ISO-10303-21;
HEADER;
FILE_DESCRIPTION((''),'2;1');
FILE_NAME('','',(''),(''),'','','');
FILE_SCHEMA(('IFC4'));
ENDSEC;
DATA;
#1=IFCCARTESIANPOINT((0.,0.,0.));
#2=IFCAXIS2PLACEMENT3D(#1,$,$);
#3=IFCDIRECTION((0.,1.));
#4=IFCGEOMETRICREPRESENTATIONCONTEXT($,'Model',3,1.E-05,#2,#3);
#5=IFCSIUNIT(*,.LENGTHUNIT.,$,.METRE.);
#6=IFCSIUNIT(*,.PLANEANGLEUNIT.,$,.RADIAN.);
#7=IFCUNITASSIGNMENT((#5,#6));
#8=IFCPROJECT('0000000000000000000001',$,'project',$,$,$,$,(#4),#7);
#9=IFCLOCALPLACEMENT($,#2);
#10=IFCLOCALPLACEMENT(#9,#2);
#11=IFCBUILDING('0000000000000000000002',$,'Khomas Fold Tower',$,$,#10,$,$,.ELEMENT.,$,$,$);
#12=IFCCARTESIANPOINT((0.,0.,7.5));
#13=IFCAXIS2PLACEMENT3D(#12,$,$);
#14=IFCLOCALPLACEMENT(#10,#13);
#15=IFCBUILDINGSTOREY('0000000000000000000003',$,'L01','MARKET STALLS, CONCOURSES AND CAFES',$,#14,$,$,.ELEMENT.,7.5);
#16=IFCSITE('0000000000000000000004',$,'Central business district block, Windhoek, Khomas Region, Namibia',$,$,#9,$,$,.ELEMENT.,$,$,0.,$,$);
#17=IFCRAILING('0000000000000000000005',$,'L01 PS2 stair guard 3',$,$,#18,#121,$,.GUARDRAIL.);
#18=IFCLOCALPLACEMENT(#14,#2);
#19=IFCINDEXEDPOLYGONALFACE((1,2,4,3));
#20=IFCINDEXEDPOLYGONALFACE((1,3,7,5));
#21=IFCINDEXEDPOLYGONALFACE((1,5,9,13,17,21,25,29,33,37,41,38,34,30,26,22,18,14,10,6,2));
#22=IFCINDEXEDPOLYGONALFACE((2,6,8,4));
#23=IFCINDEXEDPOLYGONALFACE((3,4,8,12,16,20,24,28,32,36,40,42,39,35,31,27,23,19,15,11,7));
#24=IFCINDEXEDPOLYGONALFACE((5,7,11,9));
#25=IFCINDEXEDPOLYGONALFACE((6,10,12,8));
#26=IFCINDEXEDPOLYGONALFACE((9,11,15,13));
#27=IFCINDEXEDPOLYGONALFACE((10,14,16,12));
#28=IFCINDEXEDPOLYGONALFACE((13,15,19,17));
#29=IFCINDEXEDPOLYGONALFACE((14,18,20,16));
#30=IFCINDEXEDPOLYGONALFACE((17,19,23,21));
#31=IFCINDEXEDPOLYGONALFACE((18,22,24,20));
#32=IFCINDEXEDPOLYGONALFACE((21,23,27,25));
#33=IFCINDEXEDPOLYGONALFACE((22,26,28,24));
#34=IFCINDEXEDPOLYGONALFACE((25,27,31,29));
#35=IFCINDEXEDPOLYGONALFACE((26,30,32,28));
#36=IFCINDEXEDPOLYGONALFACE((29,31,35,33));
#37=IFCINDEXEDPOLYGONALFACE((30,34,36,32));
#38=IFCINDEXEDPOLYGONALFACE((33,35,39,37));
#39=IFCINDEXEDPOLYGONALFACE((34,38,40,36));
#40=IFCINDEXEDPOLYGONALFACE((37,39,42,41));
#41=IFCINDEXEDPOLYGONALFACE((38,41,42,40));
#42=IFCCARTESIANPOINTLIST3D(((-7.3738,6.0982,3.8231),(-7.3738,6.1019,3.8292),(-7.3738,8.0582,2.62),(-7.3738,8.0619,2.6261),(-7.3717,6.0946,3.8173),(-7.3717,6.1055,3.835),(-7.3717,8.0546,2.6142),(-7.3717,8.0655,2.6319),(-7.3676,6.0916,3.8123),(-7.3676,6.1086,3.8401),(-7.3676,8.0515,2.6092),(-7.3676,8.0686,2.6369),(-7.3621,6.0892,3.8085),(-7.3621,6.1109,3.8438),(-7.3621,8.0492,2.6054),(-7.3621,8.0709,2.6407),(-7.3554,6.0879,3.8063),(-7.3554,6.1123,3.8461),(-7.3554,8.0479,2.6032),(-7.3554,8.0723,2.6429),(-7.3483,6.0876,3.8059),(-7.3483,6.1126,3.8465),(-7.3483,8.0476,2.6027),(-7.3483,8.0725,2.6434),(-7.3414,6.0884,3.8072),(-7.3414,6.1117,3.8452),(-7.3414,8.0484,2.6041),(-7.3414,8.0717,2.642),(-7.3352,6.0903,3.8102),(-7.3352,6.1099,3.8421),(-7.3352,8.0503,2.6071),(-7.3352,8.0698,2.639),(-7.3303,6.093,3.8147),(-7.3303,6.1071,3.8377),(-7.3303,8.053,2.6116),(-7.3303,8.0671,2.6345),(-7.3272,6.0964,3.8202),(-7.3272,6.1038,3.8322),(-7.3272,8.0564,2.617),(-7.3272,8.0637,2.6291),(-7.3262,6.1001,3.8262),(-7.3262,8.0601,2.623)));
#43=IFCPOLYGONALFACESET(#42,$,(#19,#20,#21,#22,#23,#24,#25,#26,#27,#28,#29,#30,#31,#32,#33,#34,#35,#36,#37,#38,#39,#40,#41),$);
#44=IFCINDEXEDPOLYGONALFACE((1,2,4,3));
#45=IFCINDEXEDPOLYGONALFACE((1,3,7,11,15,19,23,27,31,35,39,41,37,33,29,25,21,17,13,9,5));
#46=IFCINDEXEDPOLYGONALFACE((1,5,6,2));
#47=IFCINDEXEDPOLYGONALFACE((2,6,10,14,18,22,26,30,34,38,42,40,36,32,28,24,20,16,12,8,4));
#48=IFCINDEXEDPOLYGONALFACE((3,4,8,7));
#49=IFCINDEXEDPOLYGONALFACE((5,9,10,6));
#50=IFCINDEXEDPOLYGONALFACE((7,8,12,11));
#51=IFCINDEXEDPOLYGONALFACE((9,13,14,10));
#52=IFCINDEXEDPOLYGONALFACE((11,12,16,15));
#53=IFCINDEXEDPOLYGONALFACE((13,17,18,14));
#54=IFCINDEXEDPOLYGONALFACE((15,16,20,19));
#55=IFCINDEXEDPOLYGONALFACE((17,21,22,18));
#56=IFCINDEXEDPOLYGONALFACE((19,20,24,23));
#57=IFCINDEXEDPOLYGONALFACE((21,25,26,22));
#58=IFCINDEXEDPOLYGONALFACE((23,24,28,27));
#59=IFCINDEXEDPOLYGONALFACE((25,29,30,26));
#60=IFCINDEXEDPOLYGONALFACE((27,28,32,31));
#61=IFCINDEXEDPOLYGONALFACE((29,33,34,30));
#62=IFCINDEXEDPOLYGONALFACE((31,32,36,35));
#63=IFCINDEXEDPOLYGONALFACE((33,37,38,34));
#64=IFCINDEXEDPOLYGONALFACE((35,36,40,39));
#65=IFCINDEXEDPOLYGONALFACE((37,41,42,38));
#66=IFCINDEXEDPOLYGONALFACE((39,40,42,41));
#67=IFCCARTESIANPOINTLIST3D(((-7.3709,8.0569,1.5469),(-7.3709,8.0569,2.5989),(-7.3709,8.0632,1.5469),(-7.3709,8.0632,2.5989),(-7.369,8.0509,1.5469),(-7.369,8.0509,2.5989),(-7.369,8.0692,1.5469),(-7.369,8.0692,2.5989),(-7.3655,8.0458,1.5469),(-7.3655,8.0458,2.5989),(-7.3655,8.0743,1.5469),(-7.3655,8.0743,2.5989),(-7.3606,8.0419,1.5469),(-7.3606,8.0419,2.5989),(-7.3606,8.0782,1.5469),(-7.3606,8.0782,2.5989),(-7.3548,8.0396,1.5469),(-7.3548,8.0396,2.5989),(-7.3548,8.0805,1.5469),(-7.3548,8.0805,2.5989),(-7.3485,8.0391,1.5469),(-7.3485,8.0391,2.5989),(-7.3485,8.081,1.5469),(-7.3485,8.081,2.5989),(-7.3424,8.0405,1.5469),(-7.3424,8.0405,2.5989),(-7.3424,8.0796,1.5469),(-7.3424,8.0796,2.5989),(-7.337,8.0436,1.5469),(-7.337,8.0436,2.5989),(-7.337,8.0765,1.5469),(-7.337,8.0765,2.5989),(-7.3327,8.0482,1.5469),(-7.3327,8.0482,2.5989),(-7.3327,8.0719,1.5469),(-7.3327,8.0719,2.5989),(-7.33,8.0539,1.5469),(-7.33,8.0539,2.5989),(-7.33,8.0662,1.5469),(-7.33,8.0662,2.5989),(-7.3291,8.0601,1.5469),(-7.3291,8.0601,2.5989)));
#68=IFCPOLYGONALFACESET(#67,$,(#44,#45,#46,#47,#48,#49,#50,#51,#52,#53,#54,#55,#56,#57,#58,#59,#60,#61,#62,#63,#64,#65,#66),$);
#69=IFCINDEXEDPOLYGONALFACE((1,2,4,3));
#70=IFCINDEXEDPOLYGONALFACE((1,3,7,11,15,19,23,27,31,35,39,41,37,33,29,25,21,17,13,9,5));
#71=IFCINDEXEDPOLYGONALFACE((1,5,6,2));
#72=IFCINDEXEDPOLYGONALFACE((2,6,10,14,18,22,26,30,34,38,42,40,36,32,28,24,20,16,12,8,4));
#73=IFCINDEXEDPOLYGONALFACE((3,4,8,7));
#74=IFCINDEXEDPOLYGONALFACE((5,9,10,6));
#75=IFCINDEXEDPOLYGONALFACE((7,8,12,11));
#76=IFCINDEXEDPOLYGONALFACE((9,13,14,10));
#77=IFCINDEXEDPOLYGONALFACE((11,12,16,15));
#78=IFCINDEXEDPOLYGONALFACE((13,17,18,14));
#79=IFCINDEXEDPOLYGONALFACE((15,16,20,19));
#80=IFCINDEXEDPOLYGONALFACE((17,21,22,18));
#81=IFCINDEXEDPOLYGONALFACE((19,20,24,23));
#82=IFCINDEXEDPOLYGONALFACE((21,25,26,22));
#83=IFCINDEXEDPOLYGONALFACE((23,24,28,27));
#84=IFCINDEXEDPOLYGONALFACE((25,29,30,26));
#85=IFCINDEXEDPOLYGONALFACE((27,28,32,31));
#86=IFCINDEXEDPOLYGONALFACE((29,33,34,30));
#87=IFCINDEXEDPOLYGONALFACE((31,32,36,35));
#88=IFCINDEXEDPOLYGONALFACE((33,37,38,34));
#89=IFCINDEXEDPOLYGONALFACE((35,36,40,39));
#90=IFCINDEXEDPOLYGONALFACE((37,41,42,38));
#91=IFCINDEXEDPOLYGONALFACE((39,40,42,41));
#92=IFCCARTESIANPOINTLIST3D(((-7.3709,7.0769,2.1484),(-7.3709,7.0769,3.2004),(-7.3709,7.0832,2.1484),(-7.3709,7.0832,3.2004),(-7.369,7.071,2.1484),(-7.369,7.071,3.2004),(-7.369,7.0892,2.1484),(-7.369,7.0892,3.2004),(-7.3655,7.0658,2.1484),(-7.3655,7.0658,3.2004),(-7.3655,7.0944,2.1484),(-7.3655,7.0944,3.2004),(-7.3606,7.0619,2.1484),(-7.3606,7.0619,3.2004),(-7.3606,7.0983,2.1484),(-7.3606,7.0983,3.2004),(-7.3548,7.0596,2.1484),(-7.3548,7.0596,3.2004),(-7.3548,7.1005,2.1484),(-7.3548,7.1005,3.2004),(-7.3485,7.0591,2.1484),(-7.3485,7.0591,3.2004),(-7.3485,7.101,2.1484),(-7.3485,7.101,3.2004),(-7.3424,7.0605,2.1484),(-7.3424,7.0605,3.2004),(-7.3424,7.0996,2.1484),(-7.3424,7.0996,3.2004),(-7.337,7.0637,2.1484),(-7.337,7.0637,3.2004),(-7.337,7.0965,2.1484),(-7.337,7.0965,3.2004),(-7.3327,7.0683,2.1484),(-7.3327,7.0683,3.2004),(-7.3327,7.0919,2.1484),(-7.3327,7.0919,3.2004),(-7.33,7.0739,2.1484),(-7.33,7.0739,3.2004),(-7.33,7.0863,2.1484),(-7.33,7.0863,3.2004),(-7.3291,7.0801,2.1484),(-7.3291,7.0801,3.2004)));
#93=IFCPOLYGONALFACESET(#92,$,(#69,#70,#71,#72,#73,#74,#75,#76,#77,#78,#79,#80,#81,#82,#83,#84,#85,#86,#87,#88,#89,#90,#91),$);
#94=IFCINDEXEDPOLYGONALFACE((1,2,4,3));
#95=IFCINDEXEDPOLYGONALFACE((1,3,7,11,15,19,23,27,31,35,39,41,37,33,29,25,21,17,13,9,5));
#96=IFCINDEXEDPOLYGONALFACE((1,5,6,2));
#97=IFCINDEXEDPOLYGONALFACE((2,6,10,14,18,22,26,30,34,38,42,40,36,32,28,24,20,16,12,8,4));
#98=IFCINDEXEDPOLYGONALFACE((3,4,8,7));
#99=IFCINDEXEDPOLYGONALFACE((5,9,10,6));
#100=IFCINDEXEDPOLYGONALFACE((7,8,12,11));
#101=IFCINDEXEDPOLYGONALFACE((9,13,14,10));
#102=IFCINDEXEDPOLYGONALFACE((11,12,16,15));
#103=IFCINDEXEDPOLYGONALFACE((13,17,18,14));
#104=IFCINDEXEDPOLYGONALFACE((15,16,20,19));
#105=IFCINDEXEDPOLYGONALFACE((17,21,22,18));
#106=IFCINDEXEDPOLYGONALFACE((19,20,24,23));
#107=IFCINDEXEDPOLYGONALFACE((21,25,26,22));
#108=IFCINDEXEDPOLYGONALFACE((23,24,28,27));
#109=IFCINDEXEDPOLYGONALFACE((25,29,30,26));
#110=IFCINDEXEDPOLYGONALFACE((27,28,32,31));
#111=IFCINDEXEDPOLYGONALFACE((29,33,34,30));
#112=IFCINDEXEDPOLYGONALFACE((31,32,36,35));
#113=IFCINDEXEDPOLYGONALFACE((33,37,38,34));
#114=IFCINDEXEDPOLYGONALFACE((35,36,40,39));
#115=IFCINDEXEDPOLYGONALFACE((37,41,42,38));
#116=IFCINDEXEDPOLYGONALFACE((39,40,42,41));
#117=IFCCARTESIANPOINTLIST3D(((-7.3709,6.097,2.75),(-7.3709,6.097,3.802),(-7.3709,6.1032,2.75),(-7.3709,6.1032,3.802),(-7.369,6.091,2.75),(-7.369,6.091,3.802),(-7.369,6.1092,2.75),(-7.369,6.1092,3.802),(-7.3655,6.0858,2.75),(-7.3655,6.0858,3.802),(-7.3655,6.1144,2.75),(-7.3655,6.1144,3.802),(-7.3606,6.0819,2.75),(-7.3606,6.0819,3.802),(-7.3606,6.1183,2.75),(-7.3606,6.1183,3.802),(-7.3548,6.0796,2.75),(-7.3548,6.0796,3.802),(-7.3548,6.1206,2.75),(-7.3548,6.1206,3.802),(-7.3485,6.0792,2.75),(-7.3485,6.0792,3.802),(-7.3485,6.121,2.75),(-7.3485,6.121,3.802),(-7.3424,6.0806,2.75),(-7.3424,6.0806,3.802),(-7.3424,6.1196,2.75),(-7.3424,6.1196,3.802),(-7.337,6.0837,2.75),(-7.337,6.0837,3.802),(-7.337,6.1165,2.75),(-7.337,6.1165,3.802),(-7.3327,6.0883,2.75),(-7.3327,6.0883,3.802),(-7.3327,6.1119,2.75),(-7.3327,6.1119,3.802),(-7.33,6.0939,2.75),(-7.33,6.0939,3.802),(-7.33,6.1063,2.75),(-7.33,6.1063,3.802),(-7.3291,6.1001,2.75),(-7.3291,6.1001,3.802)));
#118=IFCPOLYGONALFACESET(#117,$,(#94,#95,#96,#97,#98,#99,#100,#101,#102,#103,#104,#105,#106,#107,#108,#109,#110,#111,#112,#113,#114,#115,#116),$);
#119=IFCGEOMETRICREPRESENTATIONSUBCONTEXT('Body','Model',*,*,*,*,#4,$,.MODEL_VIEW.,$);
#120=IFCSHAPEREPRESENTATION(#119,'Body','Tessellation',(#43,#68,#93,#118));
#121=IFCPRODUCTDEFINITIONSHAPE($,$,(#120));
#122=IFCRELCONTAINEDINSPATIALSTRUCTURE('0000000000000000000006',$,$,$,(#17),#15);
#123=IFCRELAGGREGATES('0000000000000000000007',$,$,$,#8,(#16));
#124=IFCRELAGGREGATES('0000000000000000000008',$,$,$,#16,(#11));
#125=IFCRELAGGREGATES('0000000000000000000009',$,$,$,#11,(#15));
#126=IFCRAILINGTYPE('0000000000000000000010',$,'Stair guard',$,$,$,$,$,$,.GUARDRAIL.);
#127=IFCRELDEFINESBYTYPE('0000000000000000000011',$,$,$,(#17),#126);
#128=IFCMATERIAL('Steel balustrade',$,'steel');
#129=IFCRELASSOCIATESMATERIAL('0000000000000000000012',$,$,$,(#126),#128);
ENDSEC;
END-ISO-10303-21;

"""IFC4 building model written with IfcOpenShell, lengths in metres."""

from ifc_helpers import new_model, si_unit, direction, frame, origin, origin_2d, place, context, subcontext, project, spatial, circle, extrude, source, transform, mapped, material, type_object, element, save


model = new_model("IFC4")

# Units and contexts
model_context = context("Model", 3, precision=1e-05, world=origin(), true_north=direction((0.0, 1.0)))
body_context = subcontext(model_context, "Body", "Model", "MODEL_VIEW")
ifc_project = project(units=[si_unit("LENGTHUNIT", "METRE"), si_unit("PLANEANGLEUNIT", "RADIAN")], contexts=[model_context])

# Site, building, storey
site_placement = place(None, origin())
site = spatial("IfcSite", under=ifc_project, at=site_placement, Name="Central business district block, Windhoek, Khomas Region, Namibia", CompositionType="ELEMENT", RefElevation=0.0)
building_placement = place(site_placement, origin())
building = spatial("IfcBuilding", under=site, at=building_placement, Name="Khomas Fold Tower", CompositionType="ELEMENT")
storey_placement = place(building_placement, frame((0.0, 0.0, 7.5)))
storey = spatial("IfcBuildingStorey", under=building, at=storey_placement, Name="L01", Description="MARKET STALLS, CONCOURSES AND CAFES", CompositionType="ELEMENT", Elevation=7.5)

# Railing
ifc_material_1 = material(Name="Steel balustrade", Category="steel")
railing_type_1 = type_object("IfcRailingType", Name="Stair guard", PredefinedType="GUARDRAIL", material=ifc_material_1)
shared_shape_1 = source(origin(), body_context, "Body", "SweptSolid", [
    extrude(circle(Radius=0.0239, at=origin_2d()), frame((0.0, 0.0, 1.0762), z_axis=(0.0, -0.852241, 0.523149), x_axis=(1.0, 0.0, 0.0)), (0.0, 0.0, 1.0), 2.2998),
    extrude(circle(Radius=0.021, at=origin_2d()), origin(), (0.0, 0.0, 1.0), 1.052),
    extrude(circle(Radius=0.021, at=origin_2d()), frame((0.0, -0.98, 0.6016)), (0.0, 0.0, 1.0), 1.052),
    extrude(circle(Radius=0.021, at=origin_2d()), frame((0.0, -1.96, 1.2031)), (0.0, 0.0, 1.0), 1.052),
])
for number, where, name in (
    (1, (-7.3501, 8.0601, 1.5469), "L01 PS2 stair guard 3"),
):
    element("IfcRailing", number, at=place(storey_placement, frame(where)), inside=storey, type_object=railing_type_1, Name=name, PredefinedType="GUARDRAIL", context=body_context, shape_type="MappedRepresentation", body=[
        mapped(shared_shape_1, transform((0.0, 0.0, 0.0))),
    ])

save(model, "model.ifc")
